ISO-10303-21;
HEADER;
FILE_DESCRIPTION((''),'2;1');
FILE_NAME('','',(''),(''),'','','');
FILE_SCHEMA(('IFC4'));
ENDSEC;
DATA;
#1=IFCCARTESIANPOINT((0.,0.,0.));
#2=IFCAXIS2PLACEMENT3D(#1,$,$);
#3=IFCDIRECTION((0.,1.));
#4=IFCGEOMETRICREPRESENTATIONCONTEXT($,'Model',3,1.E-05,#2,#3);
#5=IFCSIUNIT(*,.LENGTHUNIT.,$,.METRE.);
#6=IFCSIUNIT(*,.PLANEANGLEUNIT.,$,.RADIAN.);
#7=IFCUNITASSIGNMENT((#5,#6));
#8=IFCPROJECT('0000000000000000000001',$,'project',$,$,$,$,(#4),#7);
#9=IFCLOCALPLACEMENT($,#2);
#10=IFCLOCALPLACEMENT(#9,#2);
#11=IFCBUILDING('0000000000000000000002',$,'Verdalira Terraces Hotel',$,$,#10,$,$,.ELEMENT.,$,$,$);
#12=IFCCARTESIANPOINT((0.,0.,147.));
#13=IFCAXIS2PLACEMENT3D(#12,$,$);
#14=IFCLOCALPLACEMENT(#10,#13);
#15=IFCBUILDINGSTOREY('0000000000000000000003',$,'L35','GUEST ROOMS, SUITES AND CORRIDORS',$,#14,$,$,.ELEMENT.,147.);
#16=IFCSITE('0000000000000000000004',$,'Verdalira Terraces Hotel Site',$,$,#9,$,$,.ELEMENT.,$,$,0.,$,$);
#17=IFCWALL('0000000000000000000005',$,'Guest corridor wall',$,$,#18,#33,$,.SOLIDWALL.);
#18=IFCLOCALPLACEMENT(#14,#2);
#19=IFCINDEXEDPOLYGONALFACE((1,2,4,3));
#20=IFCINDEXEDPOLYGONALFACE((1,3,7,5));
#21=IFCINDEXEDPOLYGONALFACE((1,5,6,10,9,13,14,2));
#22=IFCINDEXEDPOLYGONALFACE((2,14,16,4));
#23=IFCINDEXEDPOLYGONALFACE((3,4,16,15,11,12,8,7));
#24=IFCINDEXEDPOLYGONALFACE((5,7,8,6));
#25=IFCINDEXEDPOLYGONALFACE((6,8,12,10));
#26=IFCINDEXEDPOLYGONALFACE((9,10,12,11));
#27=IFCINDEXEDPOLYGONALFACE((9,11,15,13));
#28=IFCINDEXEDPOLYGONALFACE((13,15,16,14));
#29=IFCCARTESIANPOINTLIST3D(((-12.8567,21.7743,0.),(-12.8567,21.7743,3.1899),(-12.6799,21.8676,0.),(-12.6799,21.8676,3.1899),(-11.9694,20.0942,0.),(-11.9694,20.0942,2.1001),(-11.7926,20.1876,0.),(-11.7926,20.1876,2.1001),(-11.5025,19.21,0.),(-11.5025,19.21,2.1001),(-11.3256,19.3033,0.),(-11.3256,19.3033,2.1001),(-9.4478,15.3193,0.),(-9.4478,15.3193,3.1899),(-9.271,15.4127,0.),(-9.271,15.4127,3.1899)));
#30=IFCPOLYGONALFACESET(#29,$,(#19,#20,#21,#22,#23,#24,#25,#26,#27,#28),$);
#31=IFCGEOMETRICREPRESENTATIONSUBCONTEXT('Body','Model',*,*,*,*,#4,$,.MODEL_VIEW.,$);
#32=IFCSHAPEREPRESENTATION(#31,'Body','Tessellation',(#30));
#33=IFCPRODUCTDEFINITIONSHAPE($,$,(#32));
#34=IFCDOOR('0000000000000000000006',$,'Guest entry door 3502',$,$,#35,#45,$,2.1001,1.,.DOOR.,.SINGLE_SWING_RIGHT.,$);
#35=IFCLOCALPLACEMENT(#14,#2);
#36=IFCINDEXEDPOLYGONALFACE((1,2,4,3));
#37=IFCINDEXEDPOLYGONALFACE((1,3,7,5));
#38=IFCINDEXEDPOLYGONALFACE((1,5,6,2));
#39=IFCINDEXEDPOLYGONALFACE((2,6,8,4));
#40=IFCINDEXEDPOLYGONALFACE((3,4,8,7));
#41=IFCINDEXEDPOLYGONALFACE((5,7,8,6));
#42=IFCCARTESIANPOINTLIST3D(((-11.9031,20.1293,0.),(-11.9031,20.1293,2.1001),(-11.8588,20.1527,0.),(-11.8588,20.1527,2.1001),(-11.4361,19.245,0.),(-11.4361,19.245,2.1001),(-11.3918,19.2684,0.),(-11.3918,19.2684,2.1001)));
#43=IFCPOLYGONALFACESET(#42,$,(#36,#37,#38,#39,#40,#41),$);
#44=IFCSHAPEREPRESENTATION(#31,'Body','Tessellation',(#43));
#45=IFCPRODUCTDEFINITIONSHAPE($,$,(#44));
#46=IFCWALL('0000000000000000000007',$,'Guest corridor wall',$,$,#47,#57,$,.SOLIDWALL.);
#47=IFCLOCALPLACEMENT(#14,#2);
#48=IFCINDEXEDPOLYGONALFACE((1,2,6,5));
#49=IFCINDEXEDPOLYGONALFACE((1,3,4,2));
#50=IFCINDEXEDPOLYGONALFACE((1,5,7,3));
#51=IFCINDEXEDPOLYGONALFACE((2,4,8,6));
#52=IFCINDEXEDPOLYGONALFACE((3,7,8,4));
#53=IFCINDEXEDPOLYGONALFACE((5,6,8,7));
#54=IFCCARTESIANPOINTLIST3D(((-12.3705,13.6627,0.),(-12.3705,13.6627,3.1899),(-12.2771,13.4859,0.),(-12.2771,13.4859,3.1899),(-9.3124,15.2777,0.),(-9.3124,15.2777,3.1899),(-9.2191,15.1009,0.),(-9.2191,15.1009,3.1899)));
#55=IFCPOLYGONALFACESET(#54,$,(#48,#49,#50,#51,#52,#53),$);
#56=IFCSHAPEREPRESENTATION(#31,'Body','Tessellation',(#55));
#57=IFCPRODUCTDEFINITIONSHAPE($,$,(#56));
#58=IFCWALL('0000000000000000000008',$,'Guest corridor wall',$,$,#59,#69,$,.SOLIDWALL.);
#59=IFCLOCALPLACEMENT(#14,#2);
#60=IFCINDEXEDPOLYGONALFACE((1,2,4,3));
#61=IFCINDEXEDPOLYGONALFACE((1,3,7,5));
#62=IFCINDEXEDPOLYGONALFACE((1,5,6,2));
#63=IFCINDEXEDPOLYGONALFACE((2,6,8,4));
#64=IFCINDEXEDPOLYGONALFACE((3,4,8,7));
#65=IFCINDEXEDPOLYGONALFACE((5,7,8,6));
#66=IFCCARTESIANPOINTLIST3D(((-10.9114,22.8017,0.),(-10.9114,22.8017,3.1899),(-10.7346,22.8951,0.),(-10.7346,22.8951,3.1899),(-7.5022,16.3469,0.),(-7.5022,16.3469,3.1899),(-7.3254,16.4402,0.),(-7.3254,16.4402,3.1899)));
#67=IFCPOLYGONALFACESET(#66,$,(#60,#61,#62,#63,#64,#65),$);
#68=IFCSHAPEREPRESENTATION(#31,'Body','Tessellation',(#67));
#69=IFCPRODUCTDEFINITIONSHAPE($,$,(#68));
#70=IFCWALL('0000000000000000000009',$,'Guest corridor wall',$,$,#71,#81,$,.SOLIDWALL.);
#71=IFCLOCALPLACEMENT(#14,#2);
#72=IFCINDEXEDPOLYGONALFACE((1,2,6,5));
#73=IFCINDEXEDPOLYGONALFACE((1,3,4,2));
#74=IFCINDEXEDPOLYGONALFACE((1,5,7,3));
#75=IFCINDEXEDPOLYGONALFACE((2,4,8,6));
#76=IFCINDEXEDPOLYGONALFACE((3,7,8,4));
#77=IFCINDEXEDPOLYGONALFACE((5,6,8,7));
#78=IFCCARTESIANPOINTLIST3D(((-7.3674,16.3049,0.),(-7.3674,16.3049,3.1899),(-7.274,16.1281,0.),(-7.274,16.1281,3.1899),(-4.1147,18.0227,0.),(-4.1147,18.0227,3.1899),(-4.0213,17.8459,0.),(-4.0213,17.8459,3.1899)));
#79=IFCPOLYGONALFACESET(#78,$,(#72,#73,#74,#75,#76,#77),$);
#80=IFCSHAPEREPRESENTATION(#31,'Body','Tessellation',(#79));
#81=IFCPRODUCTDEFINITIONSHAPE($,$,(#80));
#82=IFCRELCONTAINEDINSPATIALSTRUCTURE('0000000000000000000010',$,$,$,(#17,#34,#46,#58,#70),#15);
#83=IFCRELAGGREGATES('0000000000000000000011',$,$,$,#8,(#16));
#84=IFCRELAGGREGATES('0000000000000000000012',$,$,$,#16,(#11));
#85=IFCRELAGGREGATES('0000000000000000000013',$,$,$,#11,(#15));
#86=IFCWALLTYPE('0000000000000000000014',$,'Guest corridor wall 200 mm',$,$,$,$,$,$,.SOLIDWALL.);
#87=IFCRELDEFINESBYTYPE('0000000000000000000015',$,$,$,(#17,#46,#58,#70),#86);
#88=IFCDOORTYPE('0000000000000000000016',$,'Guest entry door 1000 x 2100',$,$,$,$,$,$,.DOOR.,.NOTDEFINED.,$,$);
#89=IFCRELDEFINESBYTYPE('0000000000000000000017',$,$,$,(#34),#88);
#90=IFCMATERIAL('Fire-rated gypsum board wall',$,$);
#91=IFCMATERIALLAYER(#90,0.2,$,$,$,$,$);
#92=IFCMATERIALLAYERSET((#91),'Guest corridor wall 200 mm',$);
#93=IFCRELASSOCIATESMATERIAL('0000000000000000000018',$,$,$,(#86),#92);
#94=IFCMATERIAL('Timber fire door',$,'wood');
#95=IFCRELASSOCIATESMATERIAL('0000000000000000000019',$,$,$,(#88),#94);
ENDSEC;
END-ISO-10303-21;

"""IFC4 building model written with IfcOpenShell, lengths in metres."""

from ifc_helpers import new_model, si_unit, direction, frame, frame_2d, origin, place, context, subcontext, project, spatial, rectangle, extrude, material, layer, layer_set, type_object, element, fill, save


model = new_model("IFC4")

# Units and contexts
model_context = context("Model", 3, precision=1e-05, world=origin(), true_north=direction((0.0, 1.0)))
body_context = subcontext(model_context, "Body", "Model", "MODEL_VIEW")
ifc_project = project(units=[si_unit("LENGTHUNIT", "METRE"), si_unit("PLANEANGLEUNIT", "RADIAN")], contexts=[model_context])

# Site, building, storey
site_placement = place(None, origin())
site = spatial("IfcSite", under=ifc_project, at=site_placement, Name="Verdalira Terraces Hotel Site", CompositionType="ELEMENT", RefElevation=0.0)
building_placement = place(site_placement, origin())
building = spatial("IfcBuilding", under=site, at=building_placement, Name="Verdalira Terraces Hotel", CompositionType="ELEMENT")
storey_placement = place(building_placement, frame((0.0, 0.0, 147.0)))
storey = spatial("IfcBuildingStorey", under=building, at=storey_placement, Name="L35", Description="GUEST ROOMS, SUITES AND CORRIDORS", CompositionType="ELEMENT", Elevation=147.0)

# Wall, opening, door
ifc_material_1 = material(Name="Fire-rated gypsum board wall")
ifc_layer_1 = layer(ifc_material_1, 0.2)
ifc_layer_set_1 = layer_set([ifc_layer_1], Name="Guest corridor wall 200 mm")
wall_type_1 = type_object("IfcWallType", Name="Guest corridor wall 200 mm", PredefinedType="SOLIDWALL", material=ifc_layer_set_1)
wall_1_placement = place(storey_placement, frame((-9.3594, 15.366, 0.0), z_axis=(0.0, 0.0, 1.0), x_axis=(-0.466982, 0.884267, 0.0)))
wall_1 = element("IfcWall", 1, at=wall_1_placement, inside=storey, type_object=wall_type_1, Name="Guest corridor wall", PredefinedType="SOLIDWALL", context=body_context, shape_type="SweptSolid", body=[
    extrude(rectangle(XDim=7.2998, YDim=0.2, at=frame_2d((3.6499, 0.0))), origin(), (0.0, 0.0, 1.0), 3.1899),
])
opening_1_placement = place(wall_1_placement, frame((4.3999, 0.0, 0.0)))
opening_1 = element("IfcOpeningElement", 2, at=opening_1_placement, cuts=wall_1, PredefinedType="OPENING", context=body_context, shape_type="SweptSolid", body=[
    extrude(rectangle(XDim=1.0, YDim=2.1001, at=frame_2d((0.5, 1.05))), frame((0.0, 0.1099, 0.0), z_axis=(0.0, -1.0, 0.0), x_axis=(1.0, 0.0, 0.0)), (0.0, 0.0, 1.0), 0.22),
])
ifc_material_2 = material(Name="Timber fire door", Category="wood")
door_type_1 = type_object("IfcDoorType", Name="Guest entry door 1000 x 2100", OperationType="NOTDEFINED", PredefinedType="DOOR", material=ifc_material_2)
door_1_placement = place(opening_1_placement, origin())
door_1 = element("IfcDoor", 3, at=door_1_placement, inside=storey, type_object=door_type_1, Name="Guest entry door 3502", OperationType="SINGLE_SWING_RIGHT", OverallHeight=2.1001, OverallWidth=1.0, PredefinedType="DOOR", context=body_context, shape_type="SweptSolid", body=[
    extrude(rectangle(XDim=1.0, YDim=2.1001, at=frame_2d((0.5, 1.05))), frame((0.0, 0.0249, 0.0), z_axis=(0.0, -1.0, 0.0), x_axis=(1.0, 0.0, 0.0)), (0.0, 0.0, 1.0), 0.05),
])
fill(opening_1, door_1)

# Walls
wall_2_placement = place(storey_placement, frame((-9.2659, 15.1892, 0.0), z_axis=(0.0, 0.0, 1.0), x_axis=(-0.884267, -0.466983, 0.0)))
element("IfcWall", 4, at=wall_2_placement, inside=storey, type_object=wall_type_1, Name="Guest corridor wall", PredefinedType="SOLIDWALL", context=body_context, shape_type="SweptSolid", body=[
    extrude(rectangle(XDim=3.4583, YDim=0.2, at=frame_2d((1.729, 0.0))), origin(), (0.0, 0.0, 1.0), 3.1899),
])
wall_3_placement = place(storey_placement, frame((-7.4138, 16.3936, 0.0), z_axis=(0.0, 0.0, 1.0), x_axis=(-0.467022, 0.884246, 0.0)))
element("IfcWall", 5, at=wall_3_placement, inside=storey, type_object=wall_type_1, Name="Guest corridor wall", PredefinedType="SOLIDWALL", context=body_context, shape_type="SweptSolid", body=[
    extrude(rectangle(XDim=7.2998, YDim=0.2, at=frame_2d((3.6499, 0.0))), origin(), (0.0, 0.0, 1.0), 3.1899),
])
wall_4_placement = place(storey_placement, frame((-4.0679, 17.9343, 0.0), z_axis=(0.0, 0.0, 1.0), x_axis=(-0.884264, -0.466988, 0.0)))
element("IfcWall", 6, at=wall_4_placement, inside=storey, type_object=wall_type_1, Name="Guest corridor wall", PredefinedType="SOLIDWALL", context=body_context, shape_type="SweptSolid", body=[
    extrude(rectangle(XDim=3.6785, YDim=0.2, at=frame_2d((1.8394, 0.0))), origin(), (0.0, 0.0, 1.0), 3.1899),
])

save(model, "model.ifc")
